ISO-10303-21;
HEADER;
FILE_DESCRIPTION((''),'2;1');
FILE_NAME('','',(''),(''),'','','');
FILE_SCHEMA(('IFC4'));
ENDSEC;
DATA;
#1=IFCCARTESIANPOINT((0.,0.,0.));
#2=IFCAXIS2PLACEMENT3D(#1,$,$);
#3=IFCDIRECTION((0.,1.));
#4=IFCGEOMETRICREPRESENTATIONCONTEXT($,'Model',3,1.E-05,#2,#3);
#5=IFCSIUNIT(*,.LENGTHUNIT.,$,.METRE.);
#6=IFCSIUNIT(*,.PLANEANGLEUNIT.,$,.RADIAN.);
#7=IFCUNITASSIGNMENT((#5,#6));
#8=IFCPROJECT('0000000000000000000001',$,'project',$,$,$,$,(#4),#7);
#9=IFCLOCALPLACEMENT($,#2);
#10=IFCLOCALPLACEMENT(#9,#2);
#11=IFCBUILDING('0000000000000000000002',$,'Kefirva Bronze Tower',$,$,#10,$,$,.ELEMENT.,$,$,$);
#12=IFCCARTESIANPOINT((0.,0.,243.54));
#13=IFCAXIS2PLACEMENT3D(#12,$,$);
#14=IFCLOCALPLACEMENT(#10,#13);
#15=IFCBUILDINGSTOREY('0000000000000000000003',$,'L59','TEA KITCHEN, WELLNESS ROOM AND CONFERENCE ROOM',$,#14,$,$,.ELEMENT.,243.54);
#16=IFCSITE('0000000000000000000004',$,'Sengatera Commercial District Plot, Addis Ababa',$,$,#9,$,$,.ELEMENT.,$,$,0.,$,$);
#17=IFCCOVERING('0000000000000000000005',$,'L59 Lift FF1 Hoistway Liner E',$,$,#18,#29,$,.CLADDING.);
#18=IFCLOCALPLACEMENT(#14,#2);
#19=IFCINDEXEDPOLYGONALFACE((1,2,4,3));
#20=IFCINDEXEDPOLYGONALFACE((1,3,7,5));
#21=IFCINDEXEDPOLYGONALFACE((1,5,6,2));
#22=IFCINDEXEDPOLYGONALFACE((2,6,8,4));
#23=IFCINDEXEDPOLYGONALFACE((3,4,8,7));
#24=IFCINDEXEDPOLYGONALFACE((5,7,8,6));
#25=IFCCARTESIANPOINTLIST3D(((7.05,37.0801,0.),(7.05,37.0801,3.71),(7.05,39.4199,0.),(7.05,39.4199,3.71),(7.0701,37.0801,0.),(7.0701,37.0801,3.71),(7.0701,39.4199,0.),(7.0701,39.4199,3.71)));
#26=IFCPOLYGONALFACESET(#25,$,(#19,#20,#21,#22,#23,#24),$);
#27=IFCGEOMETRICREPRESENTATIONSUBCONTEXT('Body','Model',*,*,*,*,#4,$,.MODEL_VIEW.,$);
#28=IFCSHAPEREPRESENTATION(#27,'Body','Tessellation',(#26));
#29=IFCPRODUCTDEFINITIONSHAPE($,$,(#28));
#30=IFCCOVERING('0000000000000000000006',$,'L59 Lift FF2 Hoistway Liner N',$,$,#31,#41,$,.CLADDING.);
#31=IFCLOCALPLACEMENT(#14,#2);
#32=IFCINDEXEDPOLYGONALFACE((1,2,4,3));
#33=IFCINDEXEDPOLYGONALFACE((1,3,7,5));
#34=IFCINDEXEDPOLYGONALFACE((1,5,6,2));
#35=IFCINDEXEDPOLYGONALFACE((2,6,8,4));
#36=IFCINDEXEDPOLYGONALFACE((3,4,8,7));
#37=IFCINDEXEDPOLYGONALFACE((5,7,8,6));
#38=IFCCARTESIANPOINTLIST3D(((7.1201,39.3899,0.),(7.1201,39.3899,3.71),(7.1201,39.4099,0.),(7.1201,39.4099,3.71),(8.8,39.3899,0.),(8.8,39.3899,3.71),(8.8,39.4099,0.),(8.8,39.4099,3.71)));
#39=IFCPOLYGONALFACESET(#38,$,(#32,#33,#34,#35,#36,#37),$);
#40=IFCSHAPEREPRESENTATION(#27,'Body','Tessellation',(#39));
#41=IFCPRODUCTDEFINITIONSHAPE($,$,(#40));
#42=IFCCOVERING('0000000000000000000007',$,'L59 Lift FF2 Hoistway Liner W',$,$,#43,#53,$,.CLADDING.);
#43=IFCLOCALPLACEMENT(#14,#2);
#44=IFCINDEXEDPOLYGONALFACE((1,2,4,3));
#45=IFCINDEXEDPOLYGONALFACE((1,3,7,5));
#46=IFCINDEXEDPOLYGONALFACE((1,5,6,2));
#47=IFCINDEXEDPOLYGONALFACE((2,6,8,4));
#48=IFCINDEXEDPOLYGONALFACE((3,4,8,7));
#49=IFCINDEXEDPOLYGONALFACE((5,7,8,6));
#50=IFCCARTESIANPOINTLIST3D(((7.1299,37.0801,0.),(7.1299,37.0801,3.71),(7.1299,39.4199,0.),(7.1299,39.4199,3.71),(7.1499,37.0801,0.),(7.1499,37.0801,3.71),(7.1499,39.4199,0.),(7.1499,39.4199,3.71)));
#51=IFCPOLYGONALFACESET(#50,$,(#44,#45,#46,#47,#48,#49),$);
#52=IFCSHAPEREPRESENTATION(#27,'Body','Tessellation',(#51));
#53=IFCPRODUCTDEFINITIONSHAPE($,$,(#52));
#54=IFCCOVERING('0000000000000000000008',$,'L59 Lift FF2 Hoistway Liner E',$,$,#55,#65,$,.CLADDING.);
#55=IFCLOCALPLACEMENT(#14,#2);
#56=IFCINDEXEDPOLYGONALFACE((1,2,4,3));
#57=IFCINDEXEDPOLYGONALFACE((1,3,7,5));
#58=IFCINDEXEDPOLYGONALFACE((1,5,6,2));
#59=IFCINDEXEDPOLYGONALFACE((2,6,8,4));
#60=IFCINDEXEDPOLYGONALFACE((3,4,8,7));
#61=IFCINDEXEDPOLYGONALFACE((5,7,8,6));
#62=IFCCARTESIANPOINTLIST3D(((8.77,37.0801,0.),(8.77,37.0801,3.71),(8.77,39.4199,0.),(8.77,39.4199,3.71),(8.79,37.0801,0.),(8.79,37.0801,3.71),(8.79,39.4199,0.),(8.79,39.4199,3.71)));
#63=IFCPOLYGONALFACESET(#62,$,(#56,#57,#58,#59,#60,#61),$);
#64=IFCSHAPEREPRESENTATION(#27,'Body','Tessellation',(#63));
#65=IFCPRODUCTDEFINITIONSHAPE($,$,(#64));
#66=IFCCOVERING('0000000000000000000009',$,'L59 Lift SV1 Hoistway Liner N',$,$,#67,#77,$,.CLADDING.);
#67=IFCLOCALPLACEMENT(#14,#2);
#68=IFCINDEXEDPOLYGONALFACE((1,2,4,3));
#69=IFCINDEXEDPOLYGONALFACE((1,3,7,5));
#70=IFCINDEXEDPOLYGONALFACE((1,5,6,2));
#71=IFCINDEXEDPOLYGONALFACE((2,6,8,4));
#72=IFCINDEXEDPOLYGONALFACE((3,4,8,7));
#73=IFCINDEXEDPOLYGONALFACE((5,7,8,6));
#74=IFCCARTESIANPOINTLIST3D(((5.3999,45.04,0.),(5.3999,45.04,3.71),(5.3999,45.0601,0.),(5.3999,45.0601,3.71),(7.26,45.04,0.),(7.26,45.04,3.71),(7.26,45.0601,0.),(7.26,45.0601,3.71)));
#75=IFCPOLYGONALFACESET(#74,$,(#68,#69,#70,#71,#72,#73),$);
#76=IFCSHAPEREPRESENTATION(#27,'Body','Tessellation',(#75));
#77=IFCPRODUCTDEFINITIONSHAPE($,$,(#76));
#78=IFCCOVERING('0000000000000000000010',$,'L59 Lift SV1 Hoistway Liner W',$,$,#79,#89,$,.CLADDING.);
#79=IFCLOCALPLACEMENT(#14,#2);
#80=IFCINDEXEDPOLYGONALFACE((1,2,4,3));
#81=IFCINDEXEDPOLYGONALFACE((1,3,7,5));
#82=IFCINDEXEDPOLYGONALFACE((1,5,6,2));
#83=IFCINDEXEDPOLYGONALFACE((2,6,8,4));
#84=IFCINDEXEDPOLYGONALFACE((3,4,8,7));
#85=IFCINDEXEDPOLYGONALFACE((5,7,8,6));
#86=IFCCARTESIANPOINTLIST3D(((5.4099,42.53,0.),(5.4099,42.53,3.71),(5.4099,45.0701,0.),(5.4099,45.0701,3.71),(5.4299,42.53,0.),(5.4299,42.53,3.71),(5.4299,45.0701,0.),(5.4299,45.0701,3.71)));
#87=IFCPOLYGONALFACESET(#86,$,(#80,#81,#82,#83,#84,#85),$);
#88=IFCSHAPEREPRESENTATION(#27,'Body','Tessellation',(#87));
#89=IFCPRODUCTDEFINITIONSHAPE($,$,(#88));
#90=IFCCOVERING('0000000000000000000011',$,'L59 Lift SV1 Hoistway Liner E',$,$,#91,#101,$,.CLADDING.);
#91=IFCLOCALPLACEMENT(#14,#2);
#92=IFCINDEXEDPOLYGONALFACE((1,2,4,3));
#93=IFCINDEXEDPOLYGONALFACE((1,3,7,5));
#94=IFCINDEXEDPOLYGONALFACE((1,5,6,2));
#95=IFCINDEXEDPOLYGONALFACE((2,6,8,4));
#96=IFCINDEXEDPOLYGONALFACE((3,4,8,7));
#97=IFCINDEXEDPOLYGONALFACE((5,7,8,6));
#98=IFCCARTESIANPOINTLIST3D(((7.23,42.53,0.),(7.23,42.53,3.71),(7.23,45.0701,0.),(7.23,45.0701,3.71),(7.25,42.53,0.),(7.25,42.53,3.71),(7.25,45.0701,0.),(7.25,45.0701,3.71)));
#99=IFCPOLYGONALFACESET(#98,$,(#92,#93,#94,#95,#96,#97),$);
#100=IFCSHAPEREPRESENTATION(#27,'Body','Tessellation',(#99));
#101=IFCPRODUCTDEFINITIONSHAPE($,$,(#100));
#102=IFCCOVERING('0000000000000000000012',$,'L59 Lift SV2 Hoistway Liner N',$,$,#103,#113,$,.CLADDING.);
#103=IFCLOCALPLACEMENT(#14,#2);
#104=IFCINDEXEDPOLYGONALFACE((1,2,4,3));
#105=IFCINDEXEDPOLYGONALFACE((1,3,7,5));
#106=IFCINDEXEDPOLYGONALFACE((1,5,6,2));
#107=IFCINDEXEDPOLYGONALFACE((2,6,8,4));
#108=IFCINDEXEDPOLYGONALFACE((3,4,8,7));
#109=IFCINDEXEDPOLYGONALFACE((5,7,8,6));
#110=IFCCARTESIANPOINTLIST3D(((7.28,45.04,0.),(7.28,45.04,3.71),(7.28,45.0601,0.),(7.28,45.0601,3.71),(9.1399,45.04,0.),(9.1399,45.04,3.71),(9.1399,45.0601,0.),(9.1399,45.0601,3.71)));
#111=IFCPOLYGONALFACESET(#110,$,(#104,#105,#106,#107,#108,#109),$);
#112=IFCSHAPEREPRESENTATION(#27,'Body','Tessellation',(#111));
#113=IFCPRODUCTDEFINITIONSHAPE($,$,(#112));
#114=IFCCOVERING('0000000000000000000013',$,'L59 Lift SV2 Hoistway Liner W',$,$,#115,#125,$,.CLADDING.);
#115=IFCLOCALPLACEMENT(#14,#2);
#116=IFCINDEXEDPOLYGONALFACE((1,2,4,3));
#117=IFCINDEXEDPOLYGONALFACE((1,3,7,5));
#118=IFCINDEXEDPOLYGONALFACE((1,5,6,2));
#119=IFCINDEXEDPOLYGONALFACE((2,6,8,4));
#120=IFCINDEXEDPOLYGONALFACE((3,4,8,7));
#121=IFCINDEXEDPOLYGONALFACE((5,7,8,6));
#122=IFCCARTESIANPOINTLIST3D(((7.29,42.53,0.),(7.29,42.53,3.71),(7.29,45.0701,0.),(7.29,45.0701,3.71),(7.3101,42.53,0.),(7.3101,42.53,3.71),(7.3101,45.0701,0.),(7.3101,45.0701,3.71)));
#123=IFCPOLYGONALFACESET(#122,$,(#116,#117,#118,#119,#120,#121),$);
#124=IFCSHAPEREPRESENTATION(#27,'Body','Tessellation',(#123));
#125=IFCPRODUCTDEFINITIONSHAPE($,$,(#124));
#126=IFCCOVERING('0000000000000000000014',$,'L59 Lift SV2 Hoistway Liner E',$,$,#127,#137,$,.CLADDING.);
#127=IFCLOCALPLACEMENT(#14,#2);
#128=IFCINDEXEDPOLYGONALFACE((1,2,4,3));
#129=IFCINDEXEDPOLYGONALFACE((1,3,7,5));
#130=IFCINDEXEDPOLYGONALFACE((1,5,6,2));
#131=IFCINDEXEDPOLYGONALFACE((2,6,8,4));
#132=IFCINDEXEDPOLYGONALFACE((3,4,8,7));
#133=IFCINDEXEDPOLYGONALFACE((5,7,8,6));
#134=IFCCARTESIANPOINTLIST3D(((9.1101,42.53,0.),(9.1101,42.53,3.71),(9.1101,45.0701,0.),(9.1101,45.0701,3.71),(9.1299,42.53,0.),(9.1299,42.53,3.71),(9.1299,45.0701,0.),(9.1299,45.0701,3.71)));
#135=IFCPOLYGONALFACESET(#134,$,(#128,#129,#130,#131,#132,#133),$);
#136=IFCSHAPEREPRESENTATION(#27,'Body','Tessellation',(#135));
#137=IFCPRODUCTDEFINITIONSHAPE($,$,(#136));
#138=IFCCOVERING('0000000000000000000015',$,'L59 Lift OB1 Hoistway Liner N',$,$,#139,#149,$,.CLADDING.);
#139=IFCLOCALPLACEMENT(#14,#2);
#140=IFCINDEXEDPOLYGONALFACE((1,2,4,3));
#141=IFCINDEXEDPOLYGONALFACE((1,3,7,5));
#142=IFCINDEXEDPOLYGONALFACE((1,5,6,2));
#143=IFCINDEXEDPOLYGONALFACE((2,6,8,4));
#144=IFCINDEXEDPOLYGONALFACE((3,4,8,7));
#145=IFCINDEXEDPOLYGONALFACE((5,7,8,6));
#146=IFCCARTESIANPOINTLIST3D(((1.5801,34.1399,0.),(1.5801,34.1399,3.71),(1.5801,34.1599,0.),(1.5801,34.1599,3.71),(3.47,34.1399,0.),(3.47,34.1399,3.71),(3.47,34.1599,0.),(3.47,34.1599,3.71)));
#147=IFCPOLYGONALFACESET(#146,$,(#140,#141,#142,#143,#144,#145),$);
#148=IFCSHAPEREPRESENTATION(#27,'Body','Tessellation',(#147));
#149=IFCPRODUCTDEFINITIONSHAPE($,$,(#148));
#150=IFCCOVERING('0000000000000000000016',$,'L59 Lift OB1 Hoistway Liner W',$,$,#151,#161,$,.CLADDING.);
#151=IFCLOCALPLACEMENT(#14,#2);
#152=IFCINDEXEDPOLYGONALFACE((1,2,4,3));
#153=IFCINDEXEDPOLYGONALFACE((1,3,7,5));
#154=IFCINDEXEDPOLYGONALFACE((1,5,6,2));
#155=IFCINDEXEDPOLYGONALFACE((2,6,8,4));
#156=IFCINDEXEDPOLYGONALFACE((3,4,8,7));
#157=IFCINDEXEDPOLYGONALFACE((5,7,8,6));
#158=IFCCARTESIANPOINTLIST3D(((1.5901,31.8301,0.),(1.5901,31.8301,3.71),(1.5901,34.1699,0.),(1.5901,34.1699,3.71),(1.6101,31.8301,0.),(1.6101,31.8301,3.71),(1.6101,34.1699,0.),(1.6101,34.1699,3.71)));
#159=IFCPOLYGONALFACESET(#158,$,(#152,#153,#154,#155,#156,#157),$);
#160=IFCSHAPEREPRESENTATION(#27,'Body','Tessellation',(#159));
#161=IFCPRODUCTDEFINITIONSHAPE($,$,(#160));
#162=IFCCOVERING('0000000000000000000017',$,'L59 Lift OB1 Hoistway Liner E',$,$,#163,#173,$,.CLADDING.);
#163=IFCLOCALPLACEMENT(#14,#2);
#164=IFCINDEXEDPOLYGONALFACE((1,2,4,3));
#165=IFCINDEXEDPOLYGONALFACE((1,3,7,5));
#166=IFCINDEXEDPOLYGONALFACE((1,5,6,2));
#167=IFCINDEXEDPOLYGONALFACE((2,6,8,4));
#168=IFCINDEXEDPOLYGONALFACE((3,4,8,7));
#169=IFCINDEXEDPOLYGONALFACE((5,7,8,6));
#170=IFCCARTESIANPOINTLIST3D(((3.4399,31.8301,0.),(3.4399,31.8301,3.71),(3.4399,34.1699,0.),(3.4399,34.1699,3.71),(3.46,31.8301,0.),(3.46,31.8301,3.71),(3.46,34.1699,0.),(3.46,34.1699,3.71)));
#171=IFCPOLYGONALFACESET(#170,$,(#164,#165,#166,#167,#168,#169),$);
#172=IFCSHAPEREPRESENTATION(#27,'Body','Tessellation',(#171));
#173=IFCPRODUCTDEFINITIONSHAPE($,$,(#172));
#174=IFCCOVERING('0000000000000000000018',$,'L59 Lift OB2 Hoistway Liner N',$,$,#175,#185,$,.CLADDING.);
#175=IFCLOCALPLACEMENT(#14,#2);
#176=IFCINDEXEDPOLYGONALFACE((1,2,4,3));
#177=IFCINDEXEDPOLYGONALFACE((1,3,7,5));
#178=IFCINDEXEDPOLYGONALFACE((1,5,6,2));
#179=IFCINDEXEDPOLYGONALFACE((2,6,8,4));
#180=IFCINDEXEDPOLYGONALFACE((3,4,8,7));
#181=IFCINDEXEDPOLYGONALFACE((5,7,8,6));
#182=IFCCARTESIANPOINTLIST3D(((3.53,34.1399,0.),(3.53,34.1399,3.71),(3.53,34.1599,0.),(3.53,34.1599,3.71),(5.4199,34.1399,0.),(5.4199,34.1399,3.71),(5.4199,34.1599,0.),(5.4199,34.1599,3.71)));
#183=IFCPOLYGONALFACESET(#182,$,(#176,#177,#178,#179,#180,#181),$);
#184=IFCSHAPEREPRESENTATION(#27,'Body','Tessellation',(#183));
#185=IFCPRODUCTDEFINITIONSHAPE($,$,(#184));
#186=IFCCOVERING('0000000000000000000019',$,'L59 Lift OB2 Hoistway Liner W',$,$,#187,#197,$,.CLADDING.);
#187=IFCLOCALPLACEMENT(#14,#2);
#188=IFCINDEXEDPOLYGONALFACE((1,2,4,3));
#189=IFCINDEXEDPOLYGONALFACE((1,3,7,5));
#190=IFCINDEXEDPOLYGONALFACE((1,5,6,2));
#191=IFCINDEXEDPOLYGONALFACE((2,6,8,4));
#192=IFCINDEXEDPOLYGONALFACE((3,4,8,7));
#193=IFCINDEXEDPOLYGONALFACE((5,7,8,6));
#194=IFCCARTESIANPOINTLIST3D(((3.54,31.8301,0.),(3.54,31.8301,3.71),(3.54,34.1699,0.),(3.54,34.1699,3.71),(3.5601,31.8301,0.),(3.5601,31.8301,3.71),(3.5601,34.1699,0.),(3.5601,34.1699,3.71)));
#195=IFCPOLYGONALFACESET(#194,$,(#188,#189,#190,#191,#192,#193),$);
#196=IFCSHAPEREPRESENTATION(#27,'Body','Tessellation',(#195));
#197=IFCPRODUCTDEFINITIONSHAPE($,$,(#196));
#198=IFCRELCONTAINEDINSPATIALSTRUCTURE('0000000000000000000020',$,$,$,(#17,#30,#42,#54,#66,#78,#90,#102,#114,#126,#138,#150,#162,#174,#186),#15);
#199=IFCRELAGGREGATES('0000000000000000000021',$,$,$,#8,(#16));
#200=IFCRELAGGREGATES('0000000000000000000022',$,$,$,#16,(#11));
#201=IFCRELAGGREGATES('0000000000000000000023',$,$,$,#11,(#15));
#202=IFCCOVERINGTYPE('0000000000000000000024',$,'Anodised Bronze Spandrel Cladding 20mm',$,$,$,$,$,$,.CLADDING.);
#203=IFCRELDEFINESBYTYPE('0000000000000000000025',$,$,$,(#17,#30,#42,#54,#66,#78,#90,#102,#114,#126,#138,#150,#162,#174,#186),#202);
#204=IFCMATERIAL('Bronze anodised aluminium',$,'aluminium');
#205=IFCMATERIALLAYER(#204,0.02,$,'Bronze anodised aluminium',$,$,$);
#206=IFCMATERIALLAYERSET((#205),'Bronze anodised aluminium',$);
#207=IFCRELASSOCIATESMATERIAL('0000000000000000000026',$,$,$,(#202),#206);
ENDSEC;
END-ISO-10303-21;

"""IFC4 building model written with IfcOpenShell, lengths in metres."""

from ifc_helpers import new_model, si_unit, direction, frame, origin, place, context, subcontext, project, spatial, polyline, outline, extrude, material, layer, layer_set, type_object, element, save


model = new_model("IFC4")

# Units and contexts
model_context = context("Model", 3, precision=1e-05, world=origin(), true_north=direction((0.0, 1.0)))
body_context = subcontext(model_context, "Body", "Model", "MODEL_VIEW")
ifc_project = project(units=[si_unit("LENGTHUNIT", "METRE"), si_unit("PLANEANGLEUNIT", "RADIAN")], contexts=[model_context])

# Site, building, storey
site_placement = place(None, origin())
site = spatial("IfcSite", under=ifc_project, at=site_placement, Name="Sengatera Commercial District Plot, Addis Ababa", CompositionType="ELEMENT", RefElevation=0.0)
building_placement = place(site_placement, origin())
building = spatial("IfcBuilding", under=site, at=building_placement, Name="Kefirva Bronze Tower", CompositionType="ELEMENT")
storey_placement = place(building_placement, frame((0.0, 0.0, 243.54)))
storey = spatial("IfcBuildingStorey", under=building, at=storey_placement, Name="L59", Description="TEA KITCHEN, WELLNESS ROOM AND CONFERENCE ROOM", CompositionType="ELEMENT", Elevation=243.54)

# Shared definitions
ifc_material_1 = material(Name="Bronze anodised aluminium", Category="aluminium")

# Coverings
ifc_layer_1 = layer(ifc_material_1, 0.02, Name="Bronze anodised aluminium")
ifc_layer_set_1 = layer_set([ifc_layer_1], Name="Bronze anodised aluminium")
covering_type_1 = type_object("IfcCoveringType", Name="Anodised Bronze Spandrel Cladding 20mm", PredefinedType="CLADDING", material=ifc_layer_set_1)
covering_1_placement = place(storey_placement, origin())
element("IfcCovering", 1, at=covering_1_placement, inside=storey, type_object=covering_type_1, Name="L59 Lift FF1 Hoistway Liner E", PredefinedType="CLADDING", context=body_context, shape_type="SweptSolid", body=[
    extrude(outline(polyline([(7.05, 37.0801), (7.0701, 37.0801), (7.0701, 39.4199), (7.05, 39.4199), (7.05, 37.0801)])), origin(), (0.0, 0.0, 1.0), 3.71),
])
covering_2_placement = place(storey_placement, origin())
element("IfcCovering", 2, at=covering_2_placement, inside=storey, type_object=covering_type_1, Name="L59 Lift FF2 Hoistway Liner N", PredefinedType="CLADDING", context=body_context, shape_type="SweptSolid", body=[
    extrude(outline(polyline([(7.1201, 39.3899), (8.8, 39.3899), (8.8, 39.4099), (7.1201, 39.4099), (7.1201, 39.3899)])), origin(), (0.0, 0.0, 1.0), 3.71),
])
covering_3_placement = place(storey_placement, origin())
element("IfcCovering", 3, at=covering_3_placement, inside=storey, type_object=covering_type_1, Name="L59 Lift FF2 Hoistway Liner W", PredefinedType="CLADDING", context=body_context, shape_type="SweptSolid", body=[
    extrude(outline(polyline([(7.1299, 37.0801), (7.1499, 37.0801), (7.1499, 39.4199), (7.1299, 39.4199), (7.1299, 37.0801)])), origin(), (0.0, 0.0, 1.0), 3.71),
])
covering_4_placement = place(storey_placement, origin())
element("IfcCovering", 4, at=covering_4_placement, inside=storey, type_object=covering_type_1, Name="L59 Lift FF2 Hoistway Liner E", PredefinedType="CLADDING", context=body_context, shape_type="SweptSolid", body=[
    extrude(outline(polyline([(8.77, 37.0801), (8.79, 37.0801), (8.79, 39.4199), (8.77, 39.4199), (8.77, 37.0801)])), origin(), (0.0, 0.0, 1.0), 3.71),
])
covering_5_placement = place(storey_placement, origin())
element("IfcCovering", 5, at=covering_5_placement, inside=storey, type_object=covering_type_1, Name="L59 Lift SV1 Hoistway Liner N", PredefinedType="CLADDING", context=body_context, shape_type="SweptSolid", body=[
    extrude(outline(polyline([(5.3999, 45.04), (7.26, 45.04), (7.26, 45.0601), (5.3999, 45.0601), (5.3999, 45.04)])), origin(), (0.0, 0.0, 1.0), 3.71),
])
covering_6_placement = place(storey_placement, origin())
element("IfcCovering", 6, at=covering_6_placement, inside=storey, type_object=covering_type_1, Name="L59 Lift SV1 Hoistway Liner W", PredefinedType="CLADDING", context=body_context, shape_type="SweptSolid", body=[
    extrude(outline(polyline([(5.4099, 42.53), (5.4299, 42.53), (5.4299, 45.0701), (5.4099, 45.0701), (5.4099, 42.53)])), origin(), (0.0, 0.0, 1.0), 3.71),
])
covering_7_placement = place(storey_placement, origin())
element("IfcCovering", 7, at=covering_7_placement, inside=storey, type_object=covering_type_1, Name="L59 Lift SV1 Hoistway Liner E", PredefinedType="CLADDING", context=body_context, shape_type="SweptSolid", body=[
    extrude(outline(polyline([(7.23, 42.53), (7.25, 42.53), (7.25, 45.0701), (7.23, 45.0701), (7.23, 42.53)])), origin(), (0.0, 0.0, 1.0), 3.71),
])
covering_8_placement = place(storey_placement, origin())
element("IfcCovering", 8, at=covering_8_placement, inside=storey, type_object=covering_type_1, Name="L59 Lift SV2 Hoistway Liner N", PredefinedType="CLADDING", context=body_context, shape_type="SweptSolid", body=[
    extrude(outline(polyline([(7.28, 45.04), (9.1399, 45.04), (9.1399, 45.0601), (7.28, 45.0601), (7.28, 45.04)])), origin(), (0.0, 0.0, 1.0), 3.71),
])
covering_9_placement = place(storey_placement, origin())
element("IfcCovering", 9, at=covering_9_placement, inside=storey, type_object=covering_type_1, Name="L59 Lift SV2 Hoistway Liner W", PredefinedType="CLADDING", context=body_context, shape_type="SweptSolid", body=[
    extrude(outline(polyline([(7.29, 42.53), (7.3101, 42.53), (7.3101, 45.0701), (7.29, 45.0701), (7.29, 42.53)])), origin(), (0.0, 0.0, 1.0), 3.71),
])
covering_10_placement = place(storey_placement, origin())
element("IfcCovering", 10, at=covering_10_placement, inside=storey, type_object=covering_type_1, Name="L59 Lift SV2 Hoistway Liner E", PredefinedType="CLADDING", context=body_context, shape_type="SweptSolid", body=[
    extrude(outline(polyline([(9.1101, 42.53), (9.1299, 42.53), (9.1299, 45.0701), (9.1101, 45.0701), (9.1101, 42.53)])), origin(), (0.0, 0.0, 1.0), 3.71),
])
covering_11_placement = place(storey_placement, origin())
element("IfcCovering", 11, at=covering_11_placement, inside=storey, type_object=covering_type_1, Name="L59 Lift OB1 Hoistway Liner N", PredefinedType="CLADDING", context=body_context, shape_type="SweptSolid", body=[
    extrude(outline(polyline([(1.5801, 34.1399), (3.47, 34.1399), (3.47, 34.1599), (1.5801, 34.1599), (1.5801, 34.1399)])), origin(), (0.0, 0.0, 1.0), 3.71),
])
covering_12_placement = place(storey_placement, origin())
element("IfcCovering", 12, at=covering_12_placement, inside=storey, type_object=covering_type_1, Name="L59 Lift OB1 Hoistway Liner W", PredefinedType="CLADDING", context=body_context, shape_type="SweptSolid", body=[
    extrude(outline(polyline([(1.5901, 31.8301), (1.6101, 31.8301), (1.6101, 34.1699), (1.5901, 34.1699), (1.5901, 31.8301)])), origin(), (0.0, 0.0, 1.0), 3.71),
])
covering_13_placement = place(storey_placement, origin())
element("IfcCovering", 13, at=covering_13_placement, inside=storey, type_object=covering_type_1, Name="L59 Lift OB1 Hoistway Liner E", PredefinedType="CLADDING", context=body_context, shape_type="SweptSolid", body=[
    extrude(outline(polyline([(3.4399, 31.8301), (3.46, 31.8301), (3.46, 34.1699), (3.4399, 34.1699), (3.4399, 31.8301)])), origin(), (0.0, 0.0, 1.0), 3.71),
])
covering_14_placement = place(storey_placement, origin())
element("IfcCovering", 14, at=covering_14_placement, inside=storey, type_object=covering_type_1, Name="L59 Lift OB2 Hoistway Liner N", PredefinedType="CLADDING", context=body_context, shape_type="SweptSolid", body=[
    extrude(outline(polyline([(3.53, 34.1399), (5.4199, 34.1399), (5.4199, 34.1599), (3.53, 34.1599), (3.53, 34.1399)])), origin(), (0.0, 0.0, 1.0), 3.71),
])
covering_15_placement = place(storey_placement, origin())
element("IfcCovering", 15, at=covering_15_placement, inside=storey, type_object=covering_type_1, Name="L59 Lift OB2 Hoistway Liner W", PredefinedType="CLADDING", context=body_context, shape_type="SweptSolid", body=[
    extrude(outline(polyline([(3.54, 31.8301), (3.5601, 31.8301), (3.5601, 34.1699), (3.54, 34.1699), (3.54, 31.8301)])), origin(), (0.0, 0.0, 1.0), 3.71),
])

save(model, "model.ifc")
